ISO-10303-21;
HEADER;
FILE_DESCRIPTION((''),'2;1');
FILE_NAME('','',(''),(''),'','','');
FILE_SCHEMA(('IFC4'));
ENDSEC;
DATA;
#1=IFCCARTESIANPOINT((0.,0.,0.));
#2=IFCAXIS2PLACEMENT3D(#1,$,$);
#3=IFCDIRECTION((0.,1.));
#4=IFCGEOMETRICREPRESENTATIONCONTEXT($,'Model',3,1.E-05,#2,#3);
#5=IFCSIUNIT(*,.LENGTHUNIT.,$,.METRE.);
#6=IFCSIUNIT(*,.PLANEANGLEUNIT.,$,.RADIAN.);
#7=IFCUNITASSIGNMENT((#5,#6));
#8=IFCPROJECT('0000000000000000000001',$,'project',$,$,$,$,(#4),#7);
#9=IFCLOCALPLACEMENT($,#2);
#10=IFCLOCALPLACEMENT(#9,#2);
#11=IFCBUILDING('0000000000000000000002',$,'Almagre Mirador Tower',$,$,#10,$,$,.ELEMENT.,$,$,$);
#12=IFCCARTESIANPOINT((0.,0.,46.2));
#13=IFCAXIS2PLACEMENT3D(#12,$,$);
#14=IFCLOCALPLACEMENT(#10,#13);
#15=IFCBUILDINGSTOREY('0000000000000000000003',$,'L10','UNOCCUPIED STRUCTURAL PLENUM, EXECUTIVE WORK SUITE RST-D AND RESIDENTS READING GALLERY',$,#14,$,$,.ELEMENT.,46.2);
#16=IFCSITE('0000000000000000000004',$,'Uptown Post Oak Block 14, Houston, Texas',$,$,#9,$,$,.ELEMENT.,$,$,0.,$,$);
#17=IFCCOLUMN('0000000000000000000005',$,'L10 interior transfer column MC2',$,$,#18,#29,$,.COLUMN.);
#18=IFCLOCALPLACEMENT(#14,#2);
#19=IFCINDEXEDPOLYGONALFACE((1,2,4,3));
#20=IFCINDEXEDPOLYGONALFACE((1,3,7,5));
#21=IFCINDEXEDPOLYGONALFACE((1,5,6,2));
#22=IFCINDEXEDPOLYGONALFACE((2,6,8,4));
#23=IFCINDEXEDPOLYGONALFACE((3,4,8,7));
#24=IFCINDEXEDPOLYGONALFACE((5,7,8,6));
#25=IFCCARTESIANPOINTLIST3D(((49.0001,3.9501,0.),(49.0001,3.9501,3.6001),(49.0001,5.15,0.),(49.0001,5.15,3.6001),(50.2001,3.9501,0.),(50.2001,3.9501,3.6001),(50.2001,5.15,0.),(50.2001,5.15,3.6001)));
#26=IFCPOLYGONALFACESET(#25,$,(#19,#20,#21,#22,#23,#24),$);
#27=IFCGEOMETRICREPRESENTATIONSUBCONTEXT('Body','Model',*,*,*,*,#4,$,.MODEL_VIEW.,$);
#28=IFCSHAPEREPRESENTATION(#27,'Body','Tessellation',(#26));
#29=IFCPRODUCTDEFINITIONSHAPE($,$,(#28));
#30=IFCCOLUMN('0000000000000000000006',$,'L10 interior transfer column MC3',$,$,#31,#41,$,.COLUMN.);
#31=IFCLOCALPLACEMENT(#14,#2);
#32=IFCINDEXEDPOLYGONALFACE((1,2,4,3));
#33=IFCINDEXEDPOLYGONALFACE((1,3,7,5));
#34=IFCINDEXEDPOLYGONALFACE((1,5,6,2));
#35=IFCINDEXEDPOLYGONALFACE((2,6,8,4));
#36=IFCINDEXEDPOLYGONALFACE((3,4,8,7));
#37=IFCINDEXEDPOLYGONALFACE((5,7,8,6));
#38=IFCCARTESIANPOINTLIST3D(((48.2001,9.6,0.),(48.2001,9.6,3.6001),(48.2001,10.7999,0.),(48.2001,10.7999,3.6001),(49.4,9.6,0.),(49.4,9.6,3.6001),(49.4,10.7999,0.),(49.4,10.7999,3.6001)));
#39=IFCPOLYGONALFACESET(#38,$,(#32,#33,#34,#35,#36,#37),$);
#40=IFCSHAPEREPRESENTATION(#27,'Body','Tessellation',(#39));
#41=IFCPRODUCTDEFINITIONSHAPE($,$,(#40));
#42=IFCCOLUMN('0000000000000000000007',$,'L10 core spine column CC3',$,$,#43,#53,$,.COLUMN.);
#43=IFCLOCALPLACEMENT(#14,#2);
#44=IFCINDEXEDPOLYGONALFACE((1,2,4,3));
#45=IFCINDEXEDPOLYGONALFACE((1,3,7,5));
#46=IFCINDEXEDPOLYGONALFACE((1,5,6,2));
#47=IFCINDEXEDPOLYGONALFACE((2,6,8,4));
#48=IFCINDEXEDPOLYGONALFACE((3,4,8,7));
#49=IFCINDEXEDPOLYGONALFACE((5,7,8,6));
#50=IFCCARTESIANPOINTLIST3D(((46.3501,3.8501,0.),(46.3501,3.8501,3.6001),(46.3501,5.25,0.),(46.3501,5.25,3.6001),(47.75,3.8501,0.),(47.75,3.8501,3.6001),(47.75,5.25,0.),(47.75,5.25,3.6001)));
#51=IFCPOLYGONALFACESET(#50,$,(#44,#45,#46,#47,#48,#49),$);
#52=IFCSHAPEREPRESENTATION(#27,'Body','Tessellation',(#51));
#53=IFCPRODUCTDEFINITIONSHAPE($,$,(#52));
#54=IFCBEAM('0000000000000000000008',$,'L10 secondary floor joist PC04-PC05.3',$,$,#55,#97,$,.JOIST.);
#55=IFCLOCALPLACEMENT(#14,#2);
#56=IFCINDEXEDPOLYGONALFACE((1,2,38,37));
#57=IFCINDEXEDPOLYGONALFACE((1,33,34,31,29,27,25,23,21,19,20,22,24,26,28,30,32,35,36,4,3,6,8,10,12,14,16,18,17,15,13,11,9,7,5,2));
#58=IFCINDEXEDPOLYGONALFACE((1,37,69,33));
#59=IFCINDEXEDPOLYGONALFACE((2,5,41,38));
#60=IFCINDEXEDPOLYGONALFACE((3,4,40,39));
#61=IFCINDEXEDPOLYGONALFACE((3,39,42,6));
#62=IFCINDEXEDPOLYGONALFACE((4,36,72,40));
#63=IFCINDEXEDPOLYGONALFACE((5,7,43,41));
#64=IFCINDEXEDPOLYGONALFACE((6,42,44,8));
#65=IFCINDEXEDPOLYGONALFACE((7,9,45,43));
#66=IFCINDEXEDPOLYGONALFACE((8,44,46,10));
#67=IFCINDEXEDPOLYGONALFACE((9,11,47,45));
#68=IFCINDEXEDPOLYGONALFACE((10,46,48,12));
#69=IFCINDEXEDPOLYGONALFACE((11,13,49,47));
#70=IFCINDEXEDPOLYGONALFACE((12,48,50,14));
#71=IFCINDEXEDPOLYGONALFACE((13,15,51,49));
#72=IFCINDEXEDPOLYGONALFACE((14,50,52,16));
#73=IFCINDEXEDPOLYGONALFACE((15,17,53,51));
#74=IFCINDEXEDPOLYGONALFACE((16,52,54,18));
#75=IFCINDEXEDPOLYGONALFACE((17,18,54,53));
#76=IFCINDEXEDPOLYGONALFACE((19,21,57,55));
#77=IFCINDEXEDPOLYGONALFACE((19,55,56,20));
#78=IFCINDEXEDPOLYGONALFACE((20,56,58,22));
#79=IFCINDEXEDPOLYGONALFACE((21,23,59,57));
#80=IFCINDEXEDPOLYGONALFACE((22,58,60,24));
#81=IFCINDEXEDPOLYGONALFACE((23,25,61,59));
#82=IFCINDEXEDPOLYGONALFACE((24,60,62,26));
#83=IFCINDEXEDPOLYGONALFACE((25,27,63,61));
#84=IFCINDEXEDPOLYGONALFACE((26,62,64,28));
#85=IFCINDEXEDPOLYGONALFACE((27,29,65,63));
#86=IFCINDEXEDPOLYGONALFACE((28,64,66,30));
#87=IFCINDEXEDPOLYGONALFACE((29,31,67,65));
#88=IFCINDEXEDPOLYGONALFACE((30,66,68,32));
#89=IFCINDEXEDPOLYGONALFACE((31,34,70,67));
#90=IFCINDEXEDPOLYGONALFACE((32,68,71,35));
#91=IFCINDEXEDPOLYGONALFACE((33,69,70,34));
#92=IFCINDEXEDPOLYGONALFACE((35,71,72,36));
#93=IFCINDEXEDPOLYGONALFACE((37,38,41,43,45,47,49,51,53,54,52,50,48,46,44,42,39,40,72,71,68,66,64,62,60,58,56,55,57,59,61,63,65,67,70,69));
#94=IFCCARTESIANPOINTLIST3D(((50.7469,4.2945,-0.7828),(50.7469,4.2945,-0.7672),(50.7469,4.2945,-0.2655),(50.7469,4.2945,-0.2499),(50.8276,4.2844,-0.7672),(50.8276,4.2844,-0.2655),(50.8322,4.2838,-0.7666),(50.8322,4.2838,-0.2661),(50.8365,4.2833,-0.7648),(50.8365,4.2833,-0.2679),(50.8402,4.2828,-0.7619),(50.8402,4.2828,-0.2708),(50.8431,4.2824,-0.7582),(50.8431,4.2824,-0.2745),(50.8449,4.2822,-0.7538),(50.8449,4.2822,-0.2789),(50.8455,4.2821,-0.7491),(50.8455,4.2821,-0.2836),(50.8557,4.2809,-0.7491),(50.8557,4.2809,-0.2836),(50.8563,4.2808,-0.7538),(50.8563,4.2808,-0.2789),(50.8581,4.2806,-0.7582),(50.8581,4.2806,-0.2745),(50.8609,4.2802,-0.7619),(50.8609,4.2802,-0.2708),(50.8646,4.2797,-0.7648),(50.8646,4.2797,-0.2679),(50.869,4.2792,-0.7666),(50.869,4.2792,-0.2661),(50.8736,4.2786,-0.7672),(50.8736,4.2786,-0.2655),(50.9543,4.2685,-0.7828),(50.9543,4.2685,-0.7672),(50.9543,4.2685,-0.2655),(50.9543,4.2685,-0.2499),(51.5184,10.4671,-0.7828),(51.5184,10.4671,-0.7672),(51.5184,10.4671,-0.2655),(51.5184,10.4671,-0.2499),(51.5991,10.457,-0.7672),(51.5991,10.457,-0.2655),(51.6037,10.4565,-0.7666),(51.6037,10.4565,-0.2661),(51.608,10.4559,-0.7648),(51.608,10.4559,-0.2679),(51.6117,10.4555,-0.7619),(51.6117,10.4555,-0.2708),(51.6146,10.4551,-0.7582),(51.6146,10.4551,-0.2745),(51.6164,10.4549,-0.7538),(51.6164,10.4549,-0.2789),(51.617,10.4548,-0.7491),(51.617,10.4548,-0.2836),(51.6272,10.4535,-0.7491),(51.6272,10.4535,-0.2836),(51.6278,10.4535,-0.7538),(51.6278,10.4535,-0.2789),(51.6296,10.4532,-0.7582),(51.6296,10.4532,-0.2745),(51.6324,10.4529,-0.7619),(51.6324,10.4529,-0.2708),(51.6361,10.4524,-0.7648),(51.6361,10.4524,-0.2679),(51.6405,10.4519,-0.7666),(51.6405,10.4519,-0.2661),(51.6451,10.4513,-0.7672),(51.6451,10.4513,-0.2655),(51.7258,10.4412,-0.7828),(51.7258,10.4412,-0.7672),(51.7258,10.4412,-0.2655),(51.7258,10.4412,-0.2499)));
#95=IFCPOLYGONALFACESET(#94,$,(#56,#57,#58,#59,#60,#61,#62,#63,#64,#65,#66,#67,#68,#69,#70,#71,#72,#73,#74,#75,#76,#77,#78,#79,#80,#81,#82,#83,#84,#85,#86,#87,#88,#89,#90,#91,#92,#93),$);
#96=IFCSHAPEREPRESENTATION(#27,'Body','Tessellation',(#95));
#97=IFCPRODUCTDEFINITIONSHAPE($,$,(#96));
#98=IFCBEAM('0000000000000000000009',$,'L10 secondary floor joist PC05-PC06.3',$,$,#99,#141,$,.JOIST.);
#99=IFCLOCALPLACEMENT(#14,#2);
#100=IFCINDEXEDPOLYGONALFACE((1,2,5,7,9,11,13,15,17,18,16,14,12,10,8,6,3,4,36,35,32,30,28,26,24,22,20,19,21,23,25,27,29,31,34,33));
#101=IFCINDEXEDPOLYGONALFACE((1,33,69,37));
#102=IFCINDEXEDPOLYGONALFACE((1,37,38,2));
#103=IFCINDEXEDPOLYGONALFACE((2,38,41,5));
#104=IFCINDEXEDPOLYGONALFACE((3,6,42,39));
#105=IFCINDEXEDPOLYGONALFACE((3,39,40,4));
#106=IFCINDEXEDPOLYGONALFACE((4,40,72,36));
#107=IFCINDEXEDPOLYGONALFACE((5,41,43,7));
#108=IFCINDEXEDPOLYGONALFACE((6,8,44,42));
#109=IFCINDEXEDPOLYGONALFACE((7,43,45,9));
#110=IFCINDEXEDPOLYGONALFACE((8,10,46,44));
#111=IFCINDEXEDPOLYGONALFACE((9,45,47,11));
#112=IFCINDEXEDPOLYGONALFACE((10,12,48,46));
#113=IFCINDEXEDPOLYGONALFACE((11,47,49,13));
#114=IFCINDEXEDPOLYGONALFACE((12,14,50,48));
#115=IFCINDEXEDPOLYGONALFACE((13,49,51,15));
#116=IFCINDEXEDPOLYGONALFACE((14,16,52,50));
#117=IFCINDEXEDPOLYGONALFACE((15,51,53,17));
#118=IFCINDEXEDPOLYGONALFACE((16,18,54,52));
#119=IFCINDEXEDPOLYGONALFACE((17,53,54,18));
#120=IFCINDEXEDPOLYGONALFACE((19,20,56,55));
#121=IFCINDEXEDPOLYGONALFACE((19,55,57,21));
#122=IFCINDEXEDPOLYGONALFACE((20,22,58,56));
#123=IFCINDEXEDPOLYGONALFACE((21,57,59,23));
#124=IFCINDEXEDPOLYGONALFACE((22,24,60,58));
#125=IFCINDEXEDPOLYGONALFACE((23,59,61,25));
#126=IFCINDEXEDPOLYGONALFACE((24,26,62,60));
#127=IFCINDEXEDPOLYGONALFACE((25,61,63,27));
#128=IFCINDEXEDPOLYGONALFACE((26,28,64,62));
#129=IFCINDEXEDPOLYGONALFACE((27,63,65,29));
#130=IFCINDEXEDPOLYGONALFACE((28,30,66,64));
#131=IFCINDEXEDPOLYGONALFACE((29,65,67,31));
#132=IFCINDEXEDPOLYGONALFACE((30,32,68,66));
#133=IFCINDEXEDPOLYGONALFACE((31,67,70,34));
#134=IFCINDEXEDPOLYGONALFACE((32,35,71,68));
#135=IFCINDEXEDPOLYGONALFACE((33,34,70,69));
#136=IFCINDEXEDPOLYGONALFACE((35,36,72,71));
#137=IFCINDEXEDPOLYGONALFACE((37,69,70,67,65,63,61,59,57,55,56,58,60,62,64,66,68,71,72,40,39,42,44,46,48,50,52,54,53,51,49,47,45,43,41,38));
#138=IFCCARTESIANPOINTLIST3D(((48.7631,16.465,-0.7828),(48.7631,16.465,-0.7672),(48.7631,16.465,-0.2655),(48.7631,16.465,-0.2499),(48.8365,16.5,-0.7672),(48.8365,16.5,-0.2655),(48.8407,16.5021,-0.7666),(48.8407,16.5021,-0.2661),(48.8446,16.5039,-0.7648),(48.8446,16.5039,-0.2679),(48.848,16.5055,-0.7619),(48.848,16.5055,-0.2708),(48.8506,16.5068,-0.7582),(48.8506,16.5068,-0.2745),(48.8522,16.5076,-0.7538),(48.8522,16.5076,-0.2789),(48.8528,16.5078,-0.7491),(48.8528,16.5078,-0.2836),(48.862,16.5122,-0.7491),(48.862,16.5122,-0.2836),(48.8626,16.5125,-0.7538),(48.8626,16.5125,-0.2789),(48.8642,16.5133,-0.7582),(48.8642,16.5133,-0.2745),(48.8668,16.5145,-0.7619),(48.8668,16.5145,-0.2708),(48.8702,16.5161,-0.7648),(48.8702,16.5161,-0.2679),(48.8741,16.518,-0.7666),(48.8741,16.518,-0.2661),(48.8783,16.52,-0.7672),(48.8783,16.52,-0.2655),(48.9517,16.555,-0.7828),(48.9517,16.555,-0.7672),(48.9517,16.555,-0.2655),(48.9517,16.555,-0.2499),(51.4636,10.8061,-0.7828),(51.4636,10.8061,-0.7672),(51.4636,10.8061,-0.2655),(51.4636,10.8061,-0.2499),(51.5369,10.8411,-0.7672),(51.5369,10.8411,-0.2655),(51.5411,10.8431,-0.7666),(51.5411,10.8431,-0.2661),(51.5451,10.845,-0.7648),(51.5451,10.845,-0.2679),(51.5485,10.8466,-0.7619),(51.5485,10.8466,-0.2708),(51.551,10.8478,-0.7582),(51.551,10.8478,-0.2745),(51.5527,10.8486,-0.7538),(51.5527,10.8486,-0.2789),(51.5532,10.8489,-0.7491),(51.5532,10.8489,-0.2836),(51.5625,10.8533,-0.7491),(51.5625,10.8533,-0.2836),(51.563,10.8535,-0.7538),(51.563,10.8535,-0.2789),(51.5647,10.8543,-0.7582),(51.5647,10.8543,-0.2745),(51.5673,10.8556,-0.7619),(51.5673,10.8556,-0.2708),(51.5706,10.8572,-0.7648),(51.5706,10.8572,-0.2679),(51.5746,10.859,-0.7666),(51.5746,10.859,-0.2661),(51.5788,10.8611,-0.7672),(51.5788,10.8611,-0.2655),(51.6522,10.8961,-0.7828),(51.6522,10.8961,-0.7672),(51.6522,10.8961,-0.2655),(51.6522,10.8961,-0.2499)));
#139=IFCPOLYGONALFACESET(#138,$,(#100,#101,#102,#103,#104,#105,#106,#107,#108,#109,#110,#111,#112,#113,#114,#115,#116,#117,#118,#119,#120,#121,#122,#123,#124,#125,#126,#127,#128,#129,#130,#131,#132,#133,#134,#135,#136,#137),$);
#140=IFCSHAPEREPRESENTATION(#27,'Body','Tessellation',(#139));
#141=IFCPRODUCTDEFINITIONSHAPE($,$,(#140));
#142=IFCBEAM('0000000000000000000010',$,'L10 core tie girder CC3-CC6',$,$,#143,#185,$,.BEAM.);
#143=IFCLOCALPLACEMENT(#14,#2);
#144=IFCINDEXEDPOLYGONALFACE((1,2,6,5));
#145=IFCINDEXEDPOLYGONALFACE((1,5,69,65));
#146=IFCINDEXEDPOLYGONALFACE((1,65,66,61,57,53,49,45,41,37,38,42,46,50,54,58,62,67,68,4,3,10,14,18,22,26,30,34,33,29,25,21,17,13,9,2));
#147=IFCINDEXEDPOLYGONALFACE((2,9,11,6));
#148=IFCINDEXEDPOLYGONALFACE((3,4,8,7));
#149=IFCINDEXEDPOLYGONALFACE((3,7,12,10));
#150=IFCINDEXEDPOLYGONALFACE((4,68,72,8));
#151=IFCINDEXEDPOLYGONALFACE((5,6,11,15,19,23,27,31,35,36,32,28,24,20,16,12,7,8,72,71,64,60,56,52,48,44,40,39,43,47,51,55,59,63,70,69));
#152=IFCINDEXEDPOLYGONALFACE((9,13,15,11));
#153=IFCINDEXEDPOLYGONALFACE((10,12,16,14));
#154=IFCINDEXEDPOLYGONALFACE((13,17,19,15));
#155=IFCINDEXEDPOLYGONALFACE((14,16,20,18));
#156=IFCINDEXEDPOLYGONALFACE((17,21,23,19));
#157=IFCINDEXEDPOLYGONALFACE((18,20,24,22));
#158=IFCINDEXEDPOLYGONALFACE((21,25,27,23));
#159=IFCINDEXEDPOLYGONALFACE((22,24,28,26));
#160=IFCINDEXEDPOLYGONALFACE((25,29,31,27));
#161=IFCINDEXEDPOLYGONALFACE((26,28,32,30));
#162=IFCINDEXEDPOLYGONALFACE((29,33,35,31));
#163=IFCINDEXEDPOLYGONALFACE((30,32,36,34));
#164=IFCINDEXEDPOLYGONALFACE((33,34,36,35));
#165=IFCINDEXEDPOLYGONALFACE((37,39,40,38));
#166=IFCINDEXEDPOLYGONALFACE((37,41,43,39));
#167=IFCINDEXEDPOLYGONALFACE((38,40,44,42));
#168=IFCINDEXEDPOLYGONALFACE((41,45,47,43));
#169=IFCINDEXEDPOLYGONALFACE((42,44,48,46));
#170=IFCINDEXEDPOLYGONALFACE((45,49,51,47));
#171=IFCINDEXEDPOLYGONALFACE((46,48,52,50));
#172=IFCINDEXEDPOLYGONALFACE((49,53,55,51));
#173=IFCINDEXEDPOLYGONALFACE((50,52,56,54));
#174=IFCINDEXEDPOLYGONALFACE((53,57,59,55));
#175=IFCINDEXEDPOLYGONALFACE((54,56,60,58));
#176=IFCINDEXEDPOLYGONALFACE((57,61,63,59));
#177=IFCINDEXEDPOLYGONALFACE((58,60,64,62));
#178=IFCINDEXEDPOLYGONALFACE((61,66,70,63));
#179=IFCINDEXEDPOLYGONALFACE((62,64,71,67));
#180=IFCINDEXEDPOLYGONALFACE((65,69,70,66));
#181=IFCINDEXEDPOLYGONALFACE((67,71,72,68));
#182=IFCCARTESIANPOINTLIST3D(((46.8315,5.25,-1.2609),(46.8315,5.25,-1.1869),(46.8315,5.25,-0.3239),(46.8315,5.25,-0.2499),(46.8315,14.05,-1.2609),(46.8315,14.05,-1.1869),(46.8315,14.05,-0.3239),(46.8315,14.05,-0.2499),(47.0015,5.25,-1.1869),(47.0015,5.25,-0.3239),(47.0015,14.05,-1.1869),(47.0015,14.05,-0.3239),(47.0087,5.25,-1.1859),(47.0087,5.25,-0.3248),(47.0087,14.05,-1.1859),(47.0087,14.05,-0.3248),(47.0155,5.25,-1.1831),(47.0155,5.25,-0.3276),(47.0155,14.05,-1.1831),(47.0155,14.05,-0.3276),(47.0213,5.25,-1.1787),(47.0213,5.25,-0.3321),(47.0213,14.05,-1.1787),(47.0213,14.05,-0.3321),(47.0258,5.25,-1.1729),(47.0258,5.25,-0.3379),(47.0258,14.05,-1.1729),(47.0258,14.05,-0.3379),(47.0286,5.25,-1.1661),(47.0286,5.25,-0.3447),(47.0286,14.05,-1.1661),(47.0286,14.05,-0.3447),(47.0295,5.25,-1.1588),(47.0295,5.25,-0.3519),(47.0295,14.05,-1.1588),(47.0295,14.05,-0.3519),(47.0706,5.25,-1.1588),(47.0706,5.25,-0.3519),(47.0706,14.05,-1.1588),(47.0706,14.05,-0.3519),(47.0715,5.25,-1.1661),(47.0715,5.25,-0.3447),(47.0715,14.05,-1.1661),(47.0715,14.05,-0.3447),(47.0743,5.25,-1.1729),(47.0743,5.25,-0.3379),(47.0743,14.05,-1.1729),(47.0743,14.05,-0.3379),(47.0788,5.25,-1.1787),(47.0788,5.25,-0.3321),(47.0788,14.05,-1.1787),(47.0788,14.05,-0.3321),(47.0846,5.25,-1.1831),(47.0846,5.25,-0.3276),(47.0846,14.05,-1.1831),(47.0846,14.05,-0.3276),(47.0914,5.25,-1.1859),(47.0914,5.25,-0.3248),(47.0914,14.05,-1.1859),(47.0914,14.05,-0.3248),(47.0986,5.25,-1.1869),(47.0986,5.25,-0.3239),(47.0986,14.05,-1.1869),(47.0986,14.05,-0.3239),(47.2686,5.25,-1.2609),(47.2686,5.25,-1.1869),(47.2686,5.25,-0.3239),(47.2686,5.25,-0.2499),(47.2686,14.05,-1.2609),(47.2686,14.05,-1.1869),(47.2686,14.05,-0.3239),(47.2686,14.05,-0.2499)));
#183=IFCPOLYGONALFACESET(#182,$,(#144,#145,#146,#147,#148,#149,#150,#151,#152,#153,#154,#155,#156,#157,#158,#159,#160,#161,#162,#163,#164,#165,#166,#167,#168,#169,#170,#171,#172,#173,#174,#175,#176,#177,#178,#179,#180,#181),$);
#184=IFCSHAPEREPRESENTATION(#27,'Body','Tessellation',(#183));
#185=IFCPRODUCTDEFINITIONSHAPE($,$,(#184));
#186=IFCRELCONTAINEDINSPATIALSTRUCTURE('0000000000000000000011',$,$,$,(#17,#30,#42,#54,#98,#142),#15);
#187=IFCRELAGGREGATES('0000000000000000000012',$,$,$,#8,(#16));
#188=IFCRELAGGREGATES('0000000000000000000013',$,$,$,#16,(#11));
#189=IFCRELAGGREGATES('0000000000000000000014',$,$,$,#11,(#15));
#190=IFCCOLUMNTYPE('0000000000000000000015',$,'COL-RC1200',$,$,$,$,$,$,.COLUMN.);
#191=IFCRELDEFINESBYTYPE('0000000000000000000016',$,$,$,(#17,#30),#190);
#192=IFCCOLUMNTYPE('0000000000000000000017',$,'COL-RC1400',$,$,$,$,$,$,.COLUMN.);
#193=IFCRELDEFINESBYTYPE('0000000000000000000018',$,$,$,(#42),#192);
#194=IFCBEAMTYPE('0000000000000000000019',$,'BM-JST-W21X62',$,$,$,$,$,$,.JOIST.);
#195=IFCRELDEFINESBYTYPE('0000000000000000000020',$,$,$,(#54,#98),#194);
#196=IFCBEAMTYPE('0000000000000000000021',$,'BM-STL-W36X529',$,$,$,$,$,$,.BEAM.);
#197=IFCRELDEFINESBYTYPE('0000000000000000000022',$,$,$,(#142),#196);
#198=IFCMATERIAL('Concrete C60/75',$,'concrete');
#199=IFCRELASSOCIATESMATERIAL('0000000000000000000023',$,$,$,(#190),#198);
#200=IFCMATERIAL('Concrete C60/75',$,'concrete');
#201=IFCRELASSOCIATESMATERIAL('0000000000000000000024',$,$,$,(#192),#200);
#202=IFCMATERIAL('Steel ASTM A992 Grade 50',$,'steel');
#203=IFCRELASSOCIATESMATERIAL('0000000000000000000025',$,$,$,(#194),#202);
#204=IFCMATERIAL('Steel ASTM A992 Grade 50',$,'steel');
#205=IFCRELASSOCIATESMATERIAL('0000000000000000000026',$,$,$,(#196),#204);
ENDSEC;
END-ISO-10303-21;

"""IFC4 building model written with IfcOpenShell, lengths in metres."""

from ifc_helpers import new_model, si_unit, direction, frame, origin, origin_2d, place, context, subcontext, project, spatial, rectangle, i_section, extrude, material, material_profile, profile_set, type_object, element, save


model = new_model("IFC4")

# Units and contexts
model_context = context("Model", 3, precision=1e-05, world=origin(), true_north=direction((0.0, 1.0)))
body_context = subcontext(model_context, "Body", "Model", "MODEL_VIEW")
ifc_project = project(units=[si_unit("LENGTHUNIT", "METRE"), si_unit("PLANEANGLEUNIT", "RADIAN")], contexts=[model_context])

# Site, building, storey
site_placement = place(None, origin())
site = spatial("IfcSite", under=ifc_project, at=site_placement, Name="Uptown Post Oak Block 14, Houston, Texas", CompositionType="ELEMENT", RefElevation=0.0)
building_placement = place(site_placement, origin())
building = spatial("IfcBuilding", under=site, at=building_placement, Name="Almagre Mirador Tower", CompositionType="ELEMENT")
storey_placement = place(building_placement, frame((0.0, 0.0, 46.2)))
storey = spatial("IfcBuildingStorey", under=building, at=storey_placement, Name="L10", Description="UNOCCUPIED STRUCTURAL PLENUM, EXECUTIVE WORK SUITE RST-D AND RESIDENTS READING GALLERY", CompositionType="ELEMENT", Elevation=46.2)

# Columns
ifc_material_1 = material(Name="Concrete C60/75", Category="concrete")
ifc_material_profile_1 = material_profile(ifc_material_1, rectangle(XDim=1.2, YDim=1.2, at=origin_2d()), Name="RC1200X1200")
ifc_profile_set_1 = profile_set([ifc_material_profile_1], Name="Concrete C60/75")
column_type_1 = type_object("IfcColumnType", Name="COL-RC1200", PredefinedType="COLUMN", material=ifc_profile_set_1)
for number, where, z_axis, x_axis, name in (
    (1, (49.6001, 4.55, 0.0), (0.0, 0.0, 1.0), (1.0, 0.0, 0.0), "L10 interior transfer column MC2"),
    (2, (48.8, 10.2, 0.0), (0.0, 0.0, 1.0), (1.0, 0.0, 0.0), "L10 interior transfer column MC3"),
):
    element("IfcColumn", number, at=place(storey_placement, frame(where, z_axis=z_axis, x_axis=x_axis)), inside=storey, type_object=column_type_1, Name=name, PredefinedType="COLUMN", context=body_context, shape_type="SweptSolid", body=[
        extrude(rectangle(XDim=1.2, YDim=1.2, at=origin_2d()), origin(), (0.0, 0.0, 1.0), 3.6001),
    ])
ifc_material_2 = material(Name="Concrete C60/75", Category="concrete")
ifc_material_profile_2 = material_profile(ifc_material_2, rectangle(XDim=1.3999, YDim=1.3999, at=origin_2d()), Name="RC1400X1400")
ifc_profile_set_2 = profile_set([ifc_material_profile_2], Name="Concrete C60/75")
column_type_2 = type_object("IfcColumnType", Name="COL-RC1400", PredefinedType="COLUMN", material=ifc_profile_set_2)
column_placement = place(storey_placement, frame((47.05, 4.55, 0.0), z_axis=(0.0, 0.0, 1.0), x_axis=(1.0, 0.0, 0.0)))
element("IfcColumn", 3, at=column_placement, inside=storey, type_object=column_type_2, Name="L10 core spine column CC3", PredefinedType="COLUMN", context=body_context, shape_type="SweptSolid", body=[
    extrude(rectangle(XDim=1.3999, YDim=1.3999, at=origin_2d()), origin(), (0.0, 0.0, 1.0), 3.6001),
])

# Beams
ifc_material_3 = material(Name="Steel ASTM A992 Grade 50", Category="steel")
ifc_material_profile_3 = material_profile(ifc_material_3, i_section(OverallWidth=0.209, OverallDepth=0.533, WebThickness=0.0103, FlangeThickness=0.0156, FilletRadius=0.0181, at=origin_2d()), Name="W21X62")
ifc_profile_set_3 = profile_set([ifc_material_profile_3], Name="Steel ASTM A992 Grade 50")
beam_type_1 = type_object("IfcBeamType", Name="BM-JST-W21X62", PredefinedType="JOIST", material=ifc_profile_set_3)
beam_1_placement = place(storey_placement, frame((50.8506, 4.2815, -0.5164), z_axis=(0.12402, 0.99228, 0.0), x_axis=(-0.99228, 0.12402, 0.0)))
element("IfcBeam", 4, at=beam_1_placement, inside=storey, type_object=beam_type_1, Name="L10 secondary floor joist PC04-PC05.3", PredefinedType="JOIST", context=body_context, shape_type="SweptSolid", body=[
    extrude(i_section(OverallWidth=0.209, OverallDepth=0.533, WebThickness=0.0103, FlangeThickness=0.0156, FilletRadius=0.0181, at=origin_2d()), origin(), (0.0, 0.0, 1.0), 6.2207),
])
beam_2_placement = place(storey_placement, frame((51.5579, 10.8511, -0.5164), z_axis=(-0.430676, 0.902507, 0.0), x_axis=(-0.902507, -0.430676, 0.0)))
element("IfcBeam", 5, at=beam_2_placement, inside=storey, type_object=beam_type_1, Name="L10 secondary floor joist PC05-PC06.3", PredefinedType="JOIST", context=body_context, shape_type="SweptSolid", body=[
    extrude(i_section(OverallWidth=0.209, OverallDepth=0.533, WebThickness=0.0103, FlangeThickness=0.0156, FilletRadius=0.0181, at=origin_2d()), origin(), (0.0, 0.0, 1.0), 6.2703),
])
ifc_material_4 = material(Name="Steel ASTM A992 Grade 50", Category="steel")
ifc_material_profile_4 = material_profile(ifc_material_4, i_section(OverallWidth=0.437, OverallDepth=1.011, WebThickness=0.041, FlangeThickness=0.074, FilletRadius=0.0281, at=origin_2d()), Name="W36X529")
ifc_profile_set_4 = profile_set([ifc_material_profile_4], Name="Steel ASTM A992 Grade 50")
beam_type_2 = type_object("IfcBeamType", Name="BM-STL-W36X529", PredefinedType="BEAM", material=ifc_profile_set_4)
beam_3_placement = place(storey_placement, frame((47.05, 5.25, -0.7554), z_axis=(0.0, 1.0, 0.0), x_axis=(-1.0, 0.0, 0.0)))
element("IfcBeam", 6, at=beam_3_placement, inside=storey, type_object=beam_type_2, Name="L10 core tie girder CC3-CC6", PredefinedType="BEAM", context=body_context, shape_type="SweptSolid", body=[
    extrude(i_section(OverallWidth=0.437, OverallDepth=1.011, WebThickness=0.041, FlangeThickness=0.074, FilletRadius=0.0281, at=origin_2d()), origin(), (0.0, 0.0, 1.0), 8.8),
])

save(model, "model.ifc")
